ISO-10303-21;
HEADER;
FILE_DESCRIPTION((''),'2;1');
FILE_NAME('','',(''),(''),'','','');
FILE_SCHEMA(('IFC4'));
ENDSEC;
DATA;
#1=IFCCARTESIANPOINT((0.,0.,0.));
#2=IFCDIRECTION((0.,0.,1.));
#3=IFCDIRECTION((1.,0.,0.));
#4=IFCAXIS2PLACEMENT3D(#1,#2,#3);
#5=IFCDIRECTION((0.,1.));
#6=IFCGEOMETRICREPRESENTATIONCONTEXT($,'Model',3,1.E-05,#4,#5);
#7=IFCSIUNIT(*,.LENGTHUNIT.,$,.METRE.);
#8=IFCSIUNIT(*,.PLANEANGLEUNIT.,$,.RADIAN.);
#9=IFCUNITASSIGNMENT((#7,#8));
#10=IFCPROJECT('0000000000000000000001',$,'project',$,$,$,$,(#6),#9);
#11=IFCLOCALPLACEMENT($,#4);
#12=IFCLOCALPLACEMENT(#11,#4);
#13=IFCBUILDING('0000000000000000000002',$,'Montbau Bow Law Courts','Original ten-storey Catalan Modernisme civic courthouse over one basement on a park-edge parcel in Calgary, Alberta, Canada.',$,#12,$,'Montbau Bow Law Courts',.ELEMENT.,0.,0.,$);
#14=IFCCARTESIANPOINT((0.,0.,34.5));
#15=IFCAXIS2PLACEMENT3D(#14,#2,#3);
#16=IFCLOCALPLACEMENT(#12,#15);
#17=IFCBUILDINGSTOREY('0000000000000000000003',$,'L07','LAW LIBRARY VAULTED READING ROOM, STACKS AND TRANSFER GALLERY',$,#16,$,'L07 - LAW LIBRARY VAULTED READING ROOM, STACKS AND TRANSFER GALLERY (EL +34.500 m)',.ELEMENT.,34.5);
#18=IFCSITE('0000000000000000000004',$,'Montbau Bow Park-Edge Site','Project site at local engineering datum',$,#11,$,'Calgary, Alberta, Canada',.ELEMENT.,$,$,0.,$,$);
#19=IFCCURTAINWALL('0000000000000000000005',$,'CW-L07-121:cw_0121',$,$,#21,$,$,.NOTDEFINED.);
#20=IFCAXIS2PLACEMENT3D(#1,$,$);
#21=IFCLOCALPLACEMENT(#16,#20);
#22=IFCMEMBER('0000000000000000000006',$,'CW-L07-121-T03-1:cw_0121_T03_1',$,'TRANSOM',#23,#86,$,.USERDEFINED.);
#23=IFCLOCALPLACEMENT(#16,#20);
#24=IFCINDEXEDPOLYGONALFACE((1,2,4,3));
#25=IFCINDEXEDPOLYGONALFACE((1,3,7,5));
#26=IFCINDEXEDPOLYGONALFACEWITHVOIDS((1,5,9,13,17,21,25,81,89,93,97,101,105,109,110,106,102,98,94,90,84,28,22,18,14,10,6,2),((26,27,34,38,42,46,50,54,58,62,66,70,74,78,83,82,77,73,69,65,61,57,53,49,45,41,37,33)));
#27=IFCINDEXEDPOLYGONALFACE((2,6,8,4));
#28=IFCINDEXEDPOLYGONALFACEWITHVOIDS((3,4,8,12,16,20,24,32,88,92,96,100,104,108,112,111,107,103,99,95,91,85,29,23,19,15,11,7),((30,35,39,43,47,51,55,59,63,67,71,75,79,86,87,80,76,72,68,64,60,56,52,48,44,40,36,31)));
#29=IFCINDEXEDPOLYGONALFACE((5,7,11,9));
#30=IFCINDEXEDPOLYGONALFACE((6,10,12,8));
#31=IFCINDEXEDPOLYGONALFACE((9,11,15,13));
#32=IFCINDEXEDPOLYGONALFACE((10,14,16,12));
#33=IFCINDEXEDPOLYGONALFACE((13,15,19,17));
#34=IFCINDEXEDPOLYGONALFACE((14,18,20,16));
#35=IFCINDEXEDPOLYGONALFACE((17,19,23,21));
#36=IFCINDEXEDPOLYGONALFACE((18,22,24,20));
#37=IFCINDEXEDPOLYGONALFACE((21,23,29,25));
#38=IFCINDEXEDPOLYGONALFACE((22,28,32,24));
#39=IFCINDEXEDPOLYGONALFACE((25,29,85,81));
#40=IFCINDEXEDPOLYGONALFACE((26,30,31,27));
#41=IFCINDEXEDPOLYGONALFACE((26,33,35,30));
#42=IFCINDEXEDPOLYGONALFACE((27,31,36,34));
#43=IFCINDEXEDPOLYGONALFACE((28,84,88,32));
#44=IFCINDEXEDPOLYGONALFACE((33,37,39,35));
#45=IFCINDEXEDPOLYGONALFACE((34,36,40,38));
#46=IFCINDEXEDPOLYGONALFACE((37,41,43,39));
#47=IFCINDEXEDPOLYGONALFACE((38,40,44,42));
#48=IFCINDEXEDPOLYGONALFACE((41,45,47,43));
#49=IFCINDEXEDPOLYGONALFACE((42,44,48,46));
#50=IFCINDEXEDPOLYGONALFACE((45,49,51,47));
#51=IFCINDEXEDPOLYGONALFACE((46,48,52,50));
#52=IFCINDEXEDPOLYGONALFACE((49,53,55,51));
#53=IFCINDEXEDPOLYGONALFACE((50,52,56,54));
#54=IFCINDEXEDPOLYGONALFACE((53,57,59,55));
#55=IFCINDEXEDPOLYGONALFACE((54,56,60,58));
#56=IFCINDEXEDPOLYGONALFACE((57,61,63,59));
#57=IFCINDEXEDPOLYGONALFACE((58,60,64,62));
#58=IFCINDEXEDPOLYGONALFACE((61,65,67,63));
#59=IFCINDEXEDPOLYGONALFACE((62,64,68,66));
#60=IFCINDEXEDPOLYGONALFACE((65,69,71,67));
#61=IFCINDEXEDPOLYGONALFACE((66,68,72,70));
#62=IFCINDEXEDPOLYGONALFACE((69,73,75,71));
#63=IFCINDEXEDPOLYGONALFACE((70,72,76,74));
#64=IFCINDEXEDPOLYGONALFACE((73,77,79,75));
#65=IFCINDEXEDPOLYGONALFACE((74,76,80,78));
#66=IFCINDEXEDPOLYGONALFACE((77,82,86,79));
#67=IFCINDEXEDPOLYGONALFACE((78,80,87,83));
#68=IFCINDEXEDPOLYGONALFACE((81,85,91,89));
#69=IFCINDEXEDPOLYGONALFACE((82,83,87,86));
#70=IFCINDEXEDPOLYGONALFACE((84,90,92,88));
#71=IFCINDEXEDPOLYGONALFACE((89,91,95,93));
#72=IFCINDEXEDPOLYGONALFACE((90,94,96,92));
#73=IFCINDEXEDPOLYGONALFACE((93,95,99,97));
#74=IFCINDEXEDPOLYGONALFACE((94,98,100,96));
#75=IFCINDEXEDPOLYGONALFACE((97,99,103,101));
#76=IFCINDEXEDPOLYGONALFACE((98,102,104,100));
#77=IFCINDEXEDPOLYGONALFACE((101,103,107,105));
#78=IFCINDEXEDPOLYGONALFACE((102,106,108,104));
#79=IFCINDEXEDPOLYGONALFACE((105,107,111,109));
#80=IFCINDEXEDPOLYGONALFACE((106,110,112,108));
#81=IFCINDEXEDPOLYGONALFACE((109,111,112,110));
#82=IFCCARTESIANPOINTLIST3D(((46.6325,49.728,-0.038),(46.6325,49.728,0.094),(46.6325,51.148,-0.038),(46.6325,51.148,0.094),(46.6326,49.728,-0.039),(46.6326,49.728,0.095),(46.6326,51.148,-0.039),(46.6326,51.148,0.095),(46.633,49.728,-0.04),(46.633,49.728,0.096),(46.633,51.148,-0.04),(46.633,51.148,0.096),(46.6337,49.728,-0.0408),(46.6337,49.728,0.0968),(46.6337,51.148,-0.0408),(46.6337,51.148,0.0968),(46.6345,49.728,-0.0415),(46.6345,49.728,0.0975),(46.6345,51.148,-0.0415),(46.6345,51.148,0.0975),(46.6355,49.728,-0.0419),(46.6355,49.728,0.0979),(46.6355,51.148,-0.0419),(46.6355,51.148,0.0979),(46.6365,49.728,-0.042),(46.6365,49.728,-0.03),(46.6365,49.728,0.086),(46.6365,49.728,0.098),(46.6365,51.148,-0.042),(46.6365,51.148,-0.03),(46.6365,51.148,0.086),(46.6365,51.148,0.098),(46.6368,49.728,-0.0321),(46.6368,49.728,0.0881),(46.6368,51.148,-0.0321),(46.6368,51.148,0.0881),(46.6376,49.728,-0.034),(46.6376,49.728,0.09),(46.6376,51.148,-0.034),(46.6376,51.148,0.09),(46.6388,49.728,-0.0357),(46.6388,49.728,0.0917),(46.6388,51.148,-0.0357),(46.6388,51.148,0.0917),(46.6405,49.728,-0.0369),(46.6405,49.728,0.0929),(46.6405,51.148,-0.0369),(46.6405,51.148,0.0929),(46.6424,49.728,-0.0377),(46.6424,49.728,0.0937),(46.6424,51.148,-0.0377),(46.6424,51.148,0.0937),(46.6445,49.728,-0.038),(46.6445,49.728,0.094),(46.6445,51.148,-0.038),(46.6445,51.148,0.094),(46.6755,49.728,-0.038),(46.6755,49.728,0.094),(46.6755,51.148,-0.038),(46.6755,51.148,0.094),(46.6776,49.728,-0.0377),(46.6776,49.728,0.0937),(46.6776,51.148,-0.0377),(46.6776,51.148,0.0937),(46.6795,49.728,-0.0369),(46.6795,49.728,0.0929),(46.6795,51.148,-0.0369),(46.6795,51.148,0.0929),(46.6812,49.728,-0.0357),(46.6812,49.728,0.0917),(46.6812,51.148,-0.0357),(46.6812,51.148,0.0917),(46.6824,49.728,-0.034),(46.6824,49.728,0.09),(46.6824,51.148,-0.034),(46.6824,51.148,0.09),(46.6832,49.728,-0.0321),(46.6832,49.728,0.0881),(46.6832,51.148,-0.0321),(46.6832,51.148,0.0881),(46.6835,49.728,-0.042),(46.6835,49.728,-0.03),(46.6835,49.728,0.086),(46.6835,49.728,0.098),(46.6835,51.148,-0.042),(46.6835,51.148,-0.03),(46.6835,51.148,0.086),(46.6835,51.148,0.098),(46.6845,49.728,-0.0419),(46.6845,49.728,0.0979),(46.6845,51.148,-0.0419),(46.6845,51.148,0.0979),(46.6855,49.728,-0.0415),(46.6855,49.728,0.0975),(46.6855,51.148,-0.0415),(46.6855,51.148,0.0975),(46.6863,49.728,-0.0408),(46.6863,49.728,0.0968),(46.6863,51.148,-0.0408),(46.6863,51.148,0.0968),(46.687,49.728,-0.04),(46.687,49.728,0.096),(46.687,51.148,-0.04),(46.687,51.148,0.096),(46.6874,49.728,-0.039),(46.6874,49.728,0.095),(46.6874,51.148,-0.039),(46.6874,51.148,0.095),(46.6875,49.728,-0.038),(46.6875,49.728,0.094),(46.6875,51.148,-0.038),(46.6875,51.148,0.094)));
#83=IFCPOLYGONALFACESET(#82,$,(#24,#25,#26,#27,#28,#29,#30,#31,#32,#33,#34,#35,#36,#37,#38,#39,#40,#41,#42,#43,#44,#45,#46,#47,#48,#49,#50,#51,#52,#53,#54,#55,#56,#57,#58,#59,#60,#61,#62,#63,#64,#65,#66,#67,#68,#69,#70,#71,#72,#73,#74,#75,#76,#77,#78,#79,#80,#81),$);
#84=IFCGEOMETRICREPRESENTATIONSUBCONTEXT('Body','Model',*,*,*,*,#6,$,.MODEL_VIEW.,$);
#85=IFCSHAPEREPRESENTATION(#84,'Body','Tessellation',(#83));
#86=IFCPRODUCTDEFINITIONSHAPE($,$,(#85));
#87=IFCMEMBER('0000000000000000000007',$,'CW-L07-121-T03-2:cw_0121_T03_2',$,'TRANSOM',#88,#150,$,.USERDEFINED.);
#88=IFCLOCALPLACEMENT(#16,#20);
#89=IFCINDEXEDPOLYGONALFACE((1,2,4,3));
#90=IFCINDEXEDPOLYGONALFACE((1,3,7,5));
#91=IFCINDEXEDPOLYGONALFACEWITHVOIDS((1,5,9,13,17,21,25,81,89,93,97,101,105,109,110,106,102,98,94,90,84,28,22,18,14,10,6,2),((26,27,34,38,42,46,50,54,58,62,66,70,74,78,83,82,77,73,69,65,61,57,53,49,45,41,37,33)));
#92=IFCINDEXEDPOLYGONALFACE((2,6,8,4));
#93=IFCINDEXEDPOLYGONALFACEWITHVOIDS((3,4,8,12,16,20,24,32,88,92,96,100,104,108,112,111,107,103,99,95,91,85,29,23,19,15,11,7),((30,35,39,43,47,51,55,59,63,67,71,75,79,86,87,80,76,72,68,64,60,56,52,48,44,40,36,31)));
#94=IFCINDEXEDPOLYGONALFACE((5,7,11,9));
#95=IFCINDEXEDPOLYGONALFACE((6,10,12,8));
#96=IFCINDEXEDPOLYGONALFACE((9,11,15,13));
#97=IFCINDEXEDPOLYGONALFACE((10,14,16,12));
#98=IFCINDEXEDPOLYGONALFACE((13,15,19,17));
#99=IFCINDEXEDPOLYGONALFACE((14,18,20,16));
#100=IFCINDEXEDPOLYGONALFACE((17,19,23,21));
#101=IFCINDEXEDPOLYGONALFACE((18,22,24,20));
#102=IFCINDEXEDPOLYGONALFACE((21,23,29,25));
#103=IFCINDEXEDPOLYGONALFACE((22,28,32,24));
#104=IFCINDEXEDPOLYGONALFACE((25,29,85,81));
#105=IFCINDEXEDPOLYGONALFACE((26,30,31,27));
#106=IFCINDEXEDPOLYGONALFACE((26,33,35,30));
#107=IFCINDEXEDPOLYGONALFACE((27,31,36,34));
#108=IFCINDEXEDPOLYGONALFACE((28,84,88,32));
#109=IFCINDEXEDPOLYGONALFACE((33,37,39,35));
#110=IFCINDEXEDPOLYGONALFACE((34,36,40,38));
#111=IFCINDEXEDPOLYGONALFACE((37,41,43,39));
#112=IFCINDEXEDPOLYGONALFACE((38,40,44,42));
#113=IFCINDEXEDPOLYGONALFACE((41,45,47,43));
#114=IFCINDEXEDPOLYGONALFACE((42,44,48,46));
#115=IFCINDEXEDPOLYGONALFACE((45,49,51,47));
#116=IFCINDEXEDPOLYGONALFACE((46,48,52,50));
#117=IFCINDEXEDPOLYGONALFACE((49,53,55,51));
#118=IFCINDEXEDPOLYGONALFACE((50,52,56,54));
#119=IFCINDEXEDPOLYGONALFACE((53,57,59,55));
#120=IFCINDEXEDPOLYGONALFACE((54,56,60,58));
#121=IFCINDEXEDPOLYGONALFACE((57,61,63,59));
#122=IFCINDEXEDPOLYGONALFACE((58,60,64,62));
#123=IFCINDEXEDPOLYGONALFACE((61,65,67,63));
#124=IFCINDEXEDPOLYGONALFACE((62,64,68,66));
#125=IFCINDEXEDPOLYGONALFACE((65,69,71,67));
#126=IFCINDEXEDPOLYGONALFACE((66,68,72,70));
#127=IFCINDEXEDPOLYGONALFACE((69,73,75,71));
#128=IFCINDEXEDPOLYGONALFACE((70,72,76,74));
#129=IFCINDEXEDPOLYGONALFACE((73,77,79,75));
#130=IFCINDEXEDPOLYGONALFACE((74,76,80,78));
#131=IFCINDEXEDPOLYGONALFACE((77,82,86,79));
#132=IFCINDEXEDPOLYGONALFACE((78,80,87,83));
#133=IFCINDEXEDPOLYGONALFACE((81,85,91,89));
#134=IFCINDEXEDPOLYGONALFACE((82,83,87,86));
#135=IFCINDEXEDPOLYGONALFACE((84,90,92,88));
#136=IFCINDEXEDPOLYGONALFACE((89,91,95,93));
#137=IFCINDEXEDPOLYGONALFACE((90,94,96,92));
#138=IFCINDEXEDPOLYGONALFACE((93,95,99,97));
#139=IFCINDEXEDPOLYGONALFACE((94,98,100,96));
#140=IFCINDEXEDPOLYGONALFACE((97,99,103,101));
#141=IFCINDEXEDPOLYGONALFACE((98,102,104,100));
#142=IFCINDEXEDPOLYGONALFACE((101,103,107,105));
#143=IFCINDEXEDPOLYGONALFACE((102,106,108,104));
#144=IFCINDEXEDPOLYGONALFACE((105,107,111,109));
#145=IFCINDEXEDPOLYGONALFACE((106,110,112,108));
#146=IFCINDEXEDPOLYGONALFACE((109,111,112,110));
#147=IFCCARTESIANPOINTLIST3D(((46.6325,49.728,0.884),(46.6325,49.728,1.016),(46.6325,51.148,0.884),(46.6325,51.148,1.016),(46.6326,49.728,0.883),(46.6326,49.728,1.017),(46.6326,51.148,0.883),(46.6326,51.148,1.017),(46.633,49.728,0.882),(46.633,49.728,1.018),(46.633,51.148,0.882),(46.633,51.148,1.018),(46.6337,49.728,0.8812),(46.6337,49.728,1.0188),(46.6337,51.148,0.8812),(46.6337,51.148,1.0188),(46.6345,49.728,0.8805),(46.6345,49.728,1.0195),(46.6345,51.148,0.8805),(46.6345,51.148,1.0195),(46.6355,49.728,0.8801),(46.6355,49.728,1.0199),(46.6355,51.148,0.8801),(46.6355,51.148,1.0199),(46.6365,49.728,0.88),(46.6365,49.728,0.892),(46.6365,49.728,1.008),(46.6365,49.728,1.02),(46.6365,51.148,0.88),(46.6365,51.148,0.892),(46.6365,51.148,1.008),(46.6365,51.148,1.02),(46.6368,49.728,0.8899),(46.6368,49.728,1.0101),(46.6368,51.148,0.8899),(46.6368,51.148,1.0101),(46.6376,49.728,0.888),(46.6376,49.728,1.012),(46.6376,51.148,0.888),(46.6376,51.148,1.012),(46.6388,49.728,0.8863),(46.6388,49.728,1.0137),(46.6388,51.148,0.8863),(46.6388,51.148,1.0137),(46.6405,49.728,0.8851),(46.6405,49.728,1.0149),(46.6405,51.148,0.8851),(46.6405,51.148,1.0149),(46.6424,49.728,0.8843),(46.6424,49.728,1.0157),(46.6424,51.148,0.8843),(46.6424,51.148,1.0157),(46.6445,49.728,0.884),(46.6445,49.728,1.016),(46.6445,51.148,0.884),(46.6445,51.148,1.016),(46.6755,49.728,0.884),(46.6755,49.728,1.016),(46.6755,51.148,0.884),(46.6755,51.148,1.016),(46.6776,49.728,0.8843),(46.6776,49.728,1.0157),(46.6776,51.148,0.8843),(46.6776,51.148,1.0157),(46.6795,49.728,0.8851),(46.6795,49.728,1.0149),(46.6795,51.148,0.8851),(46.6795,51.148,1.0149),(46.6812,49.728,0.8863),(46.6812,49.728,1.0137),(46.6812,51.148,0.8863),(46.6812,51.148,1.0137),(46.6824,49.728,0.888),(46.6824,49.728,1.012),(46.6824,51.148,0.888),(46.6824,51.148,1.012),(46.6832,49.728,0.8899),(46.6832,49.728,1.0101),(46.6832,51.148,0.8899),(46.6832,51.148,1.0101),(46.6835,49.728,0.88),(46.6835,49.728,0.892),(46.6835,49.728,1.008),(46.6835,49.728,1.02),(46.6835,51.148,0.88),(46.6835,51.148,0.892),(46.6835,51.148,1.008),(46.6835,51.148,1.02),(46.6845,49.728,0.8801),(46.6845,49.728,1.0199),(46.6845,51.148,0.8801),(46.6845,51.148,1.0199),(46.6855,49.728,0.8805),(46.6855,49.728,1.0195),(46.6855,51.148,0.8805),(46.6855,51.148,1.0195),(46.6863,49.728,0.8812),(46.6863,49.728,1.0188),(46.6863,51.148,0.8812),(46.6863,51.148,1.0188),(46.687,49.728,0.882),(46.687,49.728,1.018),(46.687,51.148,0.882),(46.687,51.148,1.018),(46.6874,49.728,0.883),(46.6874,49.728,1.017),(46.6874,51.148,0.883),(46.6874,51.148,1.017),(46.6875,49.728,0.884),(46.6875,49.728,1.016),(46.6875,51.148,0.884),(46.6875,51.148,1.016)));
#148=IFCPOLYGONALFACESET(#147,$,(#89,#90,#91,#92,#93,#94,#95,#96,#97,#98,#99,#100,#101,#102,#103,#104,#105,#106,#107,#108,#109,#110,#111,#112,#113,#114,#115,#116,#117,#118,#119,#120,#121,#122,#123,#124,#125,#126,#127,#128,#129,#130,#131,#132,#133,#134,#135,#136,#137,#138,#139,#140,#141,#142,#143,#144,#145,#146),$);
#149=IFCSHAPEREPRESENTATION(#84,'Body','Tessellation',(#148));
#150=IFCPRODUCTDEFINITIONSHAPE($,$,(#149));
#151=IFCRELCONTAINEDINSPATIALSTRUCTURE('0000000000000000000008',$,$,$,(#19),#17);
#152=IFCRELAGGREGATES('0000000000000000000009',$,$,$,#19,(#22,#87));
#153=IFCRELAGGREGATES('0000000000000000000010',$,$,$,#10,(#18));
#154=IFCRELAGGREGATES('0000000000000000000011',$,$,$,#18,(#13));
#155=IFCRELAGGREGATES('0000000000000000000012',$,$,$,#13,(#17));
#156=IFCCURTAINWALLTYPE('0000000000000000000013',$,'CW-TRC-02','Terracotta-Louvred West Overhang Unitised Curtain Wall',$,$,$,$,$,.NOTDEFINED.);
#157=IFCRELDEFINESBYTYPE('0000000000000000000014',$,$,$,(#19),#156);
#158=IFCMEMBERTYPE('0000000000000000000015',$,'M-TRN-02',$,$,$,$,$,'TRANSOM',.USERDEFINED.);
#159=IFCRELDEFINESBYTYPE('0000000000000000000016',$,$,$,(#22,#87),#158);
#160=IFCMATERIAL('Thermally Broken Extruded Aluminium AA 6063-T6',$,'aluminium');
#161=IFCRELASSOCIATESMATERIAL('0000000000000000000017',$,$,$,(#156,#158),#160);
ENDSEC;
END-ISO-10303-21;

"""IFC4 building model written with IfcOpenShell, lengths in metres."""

from ifc_helpers import new_model, si_unit, direction, frame, origin_with_axes, origin_2d_with_axis, place, context, subcontext, project, spatial, hollow_rectangle, extrude, material, material_profile, profile_set, type_object, element, aggregate, save


model = new_model("IFC4")

# Units and contexts
model_context = context("Model", 3, precision=1e-05, world=origin_with_axes(), true_north=direction((0.0, 1.0)))
body_context = subcontext(model_context, "Body", "Model", "MODEL_VIEW")
ifc_project = project(units=[si_unit("LENGTHUNIT", "METRE"), si_unit("PLANEANGLEUNIT", "RADIAN")], contexts=[model_context])

# Site, building, storey
site_placement = place(None, origin_with_axes())
site = spatial("IfcSite", under=ifc_project, at=site_placement, Name="Montbau Bow Park-Edge Site", Description="Project site at local engineering datum", LongName="Calgary, Alberta, Canada", CompositionType="ELEMENT", RefElevation=0.0)
building_placement = place(site_placement, origin_with_axes())
building = spatial("IfcBuilding", under=site, at=building_placement, Name="Montbau Bow Law Courts", Description="Original ten-storey Catalan Modernisme civic courthouse over one basement on a park-edge parcel in Calgary, Alberta, Canada.", LongName="Montbau Bow Law Courts", CompositionType="ELEMENT", ElevationOfRefHeight=0.0, ElevationOfTerrain=0.0)
storey_placement = place(building_placement, frame((0.0, 0.0, 34.5), z_axis=(0.0, 0.0, 1.0), x_axis=(1.0, 0.0, 0.0)))
storey = spatial("IfcBuildingStorey", under=building, at=storey_placement, Name="L07", Description="LAW LIBRARY VAULTED READING ROOM, STACKS AND TRANSFER GALLERY", LongName="L07 - LAW LIBRARY VAULTED READING ROOM, STACKS AND TRANSFER GALLERY (EL +34.500 m)", CompositionType="ELEMENT", Elevation=34.5)

# Shared definitions
ifc_material_1 = material(Name="Thermally Broken Extruded Aluminium AA 6063-T6", Category="aluminium")
curtain_wall_type = type_object("IfcCurtainWallType", Name="CW-TRC-02", Description="Terracotta-Louvred West Overhang Unitised Curtain Wall", PredefinedType="NOTDEFINED", material=ifc_material_1)

# Curtain wall
curtain_wall_1_placement = place(None, frame((46.66, 46.715, 34.5), z_axis=(0.0, 0.0, 1.0), x_axis=(1.0, 0.0, 0.0)))
curtain_wall_1 = element("IfcCurtainWall", 1, at=curtain_wall_1_placement, inside=storey, type_object=curtain_wall_type, Name="CW-L07-121:cw_0121", PredefinedType="NOTDEFINED")

# Members
ifc_material_profile_1 = material_profile(ifc_material_1, hollow_rectangle(XDim=0.055, YDim=0.14, WallThickness=0.004, InnerFilletRadius=0.008, OuterFilletRadius=0.004, at=origin_2d_with_axis()), Name="CWT-140X55", Category="Main", Priority=0)
ifc_profile_set_1 = profile_set([ifc_material_profile_1], Name="Thermally Broken Extruded Aluminium AA 6063-T6")
member_type_1 = type_object("IfcMemberType", Name="M-TRN-02", ElementType="TRANSOM", PredefinedType="USERDEFINED", material=ifc_profile_set_1)
member_1_placement = place(None, frame((46.66, 49.728, 34.528), z_axis=(0.0, 1.0, 0.0), x_axis=(-1.0, 0.0, 0.0)))
member_1 = element("IfcMember", 2, at=member_1_placement, type_object=member_type_1, Name="CW-L07-121-T03-1:cw_0121_T03_1", ObjectType="TRANSOM", PredefinedType="USERDEFINED", context=body_context, shape_type="SweptSolid", body=[
    extrude(hollow_rectangle(XDim=0.055, YDim=0.14, WallThickness=0.004, InnerFilletRadius=0.008, OuterFilletRadius=0.004, at=origin_2d_with_axis()), origin_with_axes(), (0.0, 0.0, 1.0), 1.42),
])
member_2_placement = place(None, frame((46.66, 49.728, 35.45), z_axis=(0.0, 1.0, 0.0), x_axis=(-1.0, 0.0, 0.0)))
member_2 = element("IfcMember", 3, at=member_2_placement, type_object=member_type_1, Name="CW-L07-121-T03-2:cw_0121_T03_2", ObjectType="TRANSOM", PredefinedType="USERDEFINED", context=body_context, shape_type="SweptSolid", body=[
    extrude(hollow_rectangle(XDim=0.055, YDim=0.14, WallThickness=0.004, InnerFilletRadius=0.008, OuterFilletRadius=0.004, at=origin_2d_with_axis()), origin_with_axes(), (0.0, 0.0, 1.0), 1.42),
])

aggregate(curtain_wall_1, [member_1, member_2])

save(model, "model.ifc")
